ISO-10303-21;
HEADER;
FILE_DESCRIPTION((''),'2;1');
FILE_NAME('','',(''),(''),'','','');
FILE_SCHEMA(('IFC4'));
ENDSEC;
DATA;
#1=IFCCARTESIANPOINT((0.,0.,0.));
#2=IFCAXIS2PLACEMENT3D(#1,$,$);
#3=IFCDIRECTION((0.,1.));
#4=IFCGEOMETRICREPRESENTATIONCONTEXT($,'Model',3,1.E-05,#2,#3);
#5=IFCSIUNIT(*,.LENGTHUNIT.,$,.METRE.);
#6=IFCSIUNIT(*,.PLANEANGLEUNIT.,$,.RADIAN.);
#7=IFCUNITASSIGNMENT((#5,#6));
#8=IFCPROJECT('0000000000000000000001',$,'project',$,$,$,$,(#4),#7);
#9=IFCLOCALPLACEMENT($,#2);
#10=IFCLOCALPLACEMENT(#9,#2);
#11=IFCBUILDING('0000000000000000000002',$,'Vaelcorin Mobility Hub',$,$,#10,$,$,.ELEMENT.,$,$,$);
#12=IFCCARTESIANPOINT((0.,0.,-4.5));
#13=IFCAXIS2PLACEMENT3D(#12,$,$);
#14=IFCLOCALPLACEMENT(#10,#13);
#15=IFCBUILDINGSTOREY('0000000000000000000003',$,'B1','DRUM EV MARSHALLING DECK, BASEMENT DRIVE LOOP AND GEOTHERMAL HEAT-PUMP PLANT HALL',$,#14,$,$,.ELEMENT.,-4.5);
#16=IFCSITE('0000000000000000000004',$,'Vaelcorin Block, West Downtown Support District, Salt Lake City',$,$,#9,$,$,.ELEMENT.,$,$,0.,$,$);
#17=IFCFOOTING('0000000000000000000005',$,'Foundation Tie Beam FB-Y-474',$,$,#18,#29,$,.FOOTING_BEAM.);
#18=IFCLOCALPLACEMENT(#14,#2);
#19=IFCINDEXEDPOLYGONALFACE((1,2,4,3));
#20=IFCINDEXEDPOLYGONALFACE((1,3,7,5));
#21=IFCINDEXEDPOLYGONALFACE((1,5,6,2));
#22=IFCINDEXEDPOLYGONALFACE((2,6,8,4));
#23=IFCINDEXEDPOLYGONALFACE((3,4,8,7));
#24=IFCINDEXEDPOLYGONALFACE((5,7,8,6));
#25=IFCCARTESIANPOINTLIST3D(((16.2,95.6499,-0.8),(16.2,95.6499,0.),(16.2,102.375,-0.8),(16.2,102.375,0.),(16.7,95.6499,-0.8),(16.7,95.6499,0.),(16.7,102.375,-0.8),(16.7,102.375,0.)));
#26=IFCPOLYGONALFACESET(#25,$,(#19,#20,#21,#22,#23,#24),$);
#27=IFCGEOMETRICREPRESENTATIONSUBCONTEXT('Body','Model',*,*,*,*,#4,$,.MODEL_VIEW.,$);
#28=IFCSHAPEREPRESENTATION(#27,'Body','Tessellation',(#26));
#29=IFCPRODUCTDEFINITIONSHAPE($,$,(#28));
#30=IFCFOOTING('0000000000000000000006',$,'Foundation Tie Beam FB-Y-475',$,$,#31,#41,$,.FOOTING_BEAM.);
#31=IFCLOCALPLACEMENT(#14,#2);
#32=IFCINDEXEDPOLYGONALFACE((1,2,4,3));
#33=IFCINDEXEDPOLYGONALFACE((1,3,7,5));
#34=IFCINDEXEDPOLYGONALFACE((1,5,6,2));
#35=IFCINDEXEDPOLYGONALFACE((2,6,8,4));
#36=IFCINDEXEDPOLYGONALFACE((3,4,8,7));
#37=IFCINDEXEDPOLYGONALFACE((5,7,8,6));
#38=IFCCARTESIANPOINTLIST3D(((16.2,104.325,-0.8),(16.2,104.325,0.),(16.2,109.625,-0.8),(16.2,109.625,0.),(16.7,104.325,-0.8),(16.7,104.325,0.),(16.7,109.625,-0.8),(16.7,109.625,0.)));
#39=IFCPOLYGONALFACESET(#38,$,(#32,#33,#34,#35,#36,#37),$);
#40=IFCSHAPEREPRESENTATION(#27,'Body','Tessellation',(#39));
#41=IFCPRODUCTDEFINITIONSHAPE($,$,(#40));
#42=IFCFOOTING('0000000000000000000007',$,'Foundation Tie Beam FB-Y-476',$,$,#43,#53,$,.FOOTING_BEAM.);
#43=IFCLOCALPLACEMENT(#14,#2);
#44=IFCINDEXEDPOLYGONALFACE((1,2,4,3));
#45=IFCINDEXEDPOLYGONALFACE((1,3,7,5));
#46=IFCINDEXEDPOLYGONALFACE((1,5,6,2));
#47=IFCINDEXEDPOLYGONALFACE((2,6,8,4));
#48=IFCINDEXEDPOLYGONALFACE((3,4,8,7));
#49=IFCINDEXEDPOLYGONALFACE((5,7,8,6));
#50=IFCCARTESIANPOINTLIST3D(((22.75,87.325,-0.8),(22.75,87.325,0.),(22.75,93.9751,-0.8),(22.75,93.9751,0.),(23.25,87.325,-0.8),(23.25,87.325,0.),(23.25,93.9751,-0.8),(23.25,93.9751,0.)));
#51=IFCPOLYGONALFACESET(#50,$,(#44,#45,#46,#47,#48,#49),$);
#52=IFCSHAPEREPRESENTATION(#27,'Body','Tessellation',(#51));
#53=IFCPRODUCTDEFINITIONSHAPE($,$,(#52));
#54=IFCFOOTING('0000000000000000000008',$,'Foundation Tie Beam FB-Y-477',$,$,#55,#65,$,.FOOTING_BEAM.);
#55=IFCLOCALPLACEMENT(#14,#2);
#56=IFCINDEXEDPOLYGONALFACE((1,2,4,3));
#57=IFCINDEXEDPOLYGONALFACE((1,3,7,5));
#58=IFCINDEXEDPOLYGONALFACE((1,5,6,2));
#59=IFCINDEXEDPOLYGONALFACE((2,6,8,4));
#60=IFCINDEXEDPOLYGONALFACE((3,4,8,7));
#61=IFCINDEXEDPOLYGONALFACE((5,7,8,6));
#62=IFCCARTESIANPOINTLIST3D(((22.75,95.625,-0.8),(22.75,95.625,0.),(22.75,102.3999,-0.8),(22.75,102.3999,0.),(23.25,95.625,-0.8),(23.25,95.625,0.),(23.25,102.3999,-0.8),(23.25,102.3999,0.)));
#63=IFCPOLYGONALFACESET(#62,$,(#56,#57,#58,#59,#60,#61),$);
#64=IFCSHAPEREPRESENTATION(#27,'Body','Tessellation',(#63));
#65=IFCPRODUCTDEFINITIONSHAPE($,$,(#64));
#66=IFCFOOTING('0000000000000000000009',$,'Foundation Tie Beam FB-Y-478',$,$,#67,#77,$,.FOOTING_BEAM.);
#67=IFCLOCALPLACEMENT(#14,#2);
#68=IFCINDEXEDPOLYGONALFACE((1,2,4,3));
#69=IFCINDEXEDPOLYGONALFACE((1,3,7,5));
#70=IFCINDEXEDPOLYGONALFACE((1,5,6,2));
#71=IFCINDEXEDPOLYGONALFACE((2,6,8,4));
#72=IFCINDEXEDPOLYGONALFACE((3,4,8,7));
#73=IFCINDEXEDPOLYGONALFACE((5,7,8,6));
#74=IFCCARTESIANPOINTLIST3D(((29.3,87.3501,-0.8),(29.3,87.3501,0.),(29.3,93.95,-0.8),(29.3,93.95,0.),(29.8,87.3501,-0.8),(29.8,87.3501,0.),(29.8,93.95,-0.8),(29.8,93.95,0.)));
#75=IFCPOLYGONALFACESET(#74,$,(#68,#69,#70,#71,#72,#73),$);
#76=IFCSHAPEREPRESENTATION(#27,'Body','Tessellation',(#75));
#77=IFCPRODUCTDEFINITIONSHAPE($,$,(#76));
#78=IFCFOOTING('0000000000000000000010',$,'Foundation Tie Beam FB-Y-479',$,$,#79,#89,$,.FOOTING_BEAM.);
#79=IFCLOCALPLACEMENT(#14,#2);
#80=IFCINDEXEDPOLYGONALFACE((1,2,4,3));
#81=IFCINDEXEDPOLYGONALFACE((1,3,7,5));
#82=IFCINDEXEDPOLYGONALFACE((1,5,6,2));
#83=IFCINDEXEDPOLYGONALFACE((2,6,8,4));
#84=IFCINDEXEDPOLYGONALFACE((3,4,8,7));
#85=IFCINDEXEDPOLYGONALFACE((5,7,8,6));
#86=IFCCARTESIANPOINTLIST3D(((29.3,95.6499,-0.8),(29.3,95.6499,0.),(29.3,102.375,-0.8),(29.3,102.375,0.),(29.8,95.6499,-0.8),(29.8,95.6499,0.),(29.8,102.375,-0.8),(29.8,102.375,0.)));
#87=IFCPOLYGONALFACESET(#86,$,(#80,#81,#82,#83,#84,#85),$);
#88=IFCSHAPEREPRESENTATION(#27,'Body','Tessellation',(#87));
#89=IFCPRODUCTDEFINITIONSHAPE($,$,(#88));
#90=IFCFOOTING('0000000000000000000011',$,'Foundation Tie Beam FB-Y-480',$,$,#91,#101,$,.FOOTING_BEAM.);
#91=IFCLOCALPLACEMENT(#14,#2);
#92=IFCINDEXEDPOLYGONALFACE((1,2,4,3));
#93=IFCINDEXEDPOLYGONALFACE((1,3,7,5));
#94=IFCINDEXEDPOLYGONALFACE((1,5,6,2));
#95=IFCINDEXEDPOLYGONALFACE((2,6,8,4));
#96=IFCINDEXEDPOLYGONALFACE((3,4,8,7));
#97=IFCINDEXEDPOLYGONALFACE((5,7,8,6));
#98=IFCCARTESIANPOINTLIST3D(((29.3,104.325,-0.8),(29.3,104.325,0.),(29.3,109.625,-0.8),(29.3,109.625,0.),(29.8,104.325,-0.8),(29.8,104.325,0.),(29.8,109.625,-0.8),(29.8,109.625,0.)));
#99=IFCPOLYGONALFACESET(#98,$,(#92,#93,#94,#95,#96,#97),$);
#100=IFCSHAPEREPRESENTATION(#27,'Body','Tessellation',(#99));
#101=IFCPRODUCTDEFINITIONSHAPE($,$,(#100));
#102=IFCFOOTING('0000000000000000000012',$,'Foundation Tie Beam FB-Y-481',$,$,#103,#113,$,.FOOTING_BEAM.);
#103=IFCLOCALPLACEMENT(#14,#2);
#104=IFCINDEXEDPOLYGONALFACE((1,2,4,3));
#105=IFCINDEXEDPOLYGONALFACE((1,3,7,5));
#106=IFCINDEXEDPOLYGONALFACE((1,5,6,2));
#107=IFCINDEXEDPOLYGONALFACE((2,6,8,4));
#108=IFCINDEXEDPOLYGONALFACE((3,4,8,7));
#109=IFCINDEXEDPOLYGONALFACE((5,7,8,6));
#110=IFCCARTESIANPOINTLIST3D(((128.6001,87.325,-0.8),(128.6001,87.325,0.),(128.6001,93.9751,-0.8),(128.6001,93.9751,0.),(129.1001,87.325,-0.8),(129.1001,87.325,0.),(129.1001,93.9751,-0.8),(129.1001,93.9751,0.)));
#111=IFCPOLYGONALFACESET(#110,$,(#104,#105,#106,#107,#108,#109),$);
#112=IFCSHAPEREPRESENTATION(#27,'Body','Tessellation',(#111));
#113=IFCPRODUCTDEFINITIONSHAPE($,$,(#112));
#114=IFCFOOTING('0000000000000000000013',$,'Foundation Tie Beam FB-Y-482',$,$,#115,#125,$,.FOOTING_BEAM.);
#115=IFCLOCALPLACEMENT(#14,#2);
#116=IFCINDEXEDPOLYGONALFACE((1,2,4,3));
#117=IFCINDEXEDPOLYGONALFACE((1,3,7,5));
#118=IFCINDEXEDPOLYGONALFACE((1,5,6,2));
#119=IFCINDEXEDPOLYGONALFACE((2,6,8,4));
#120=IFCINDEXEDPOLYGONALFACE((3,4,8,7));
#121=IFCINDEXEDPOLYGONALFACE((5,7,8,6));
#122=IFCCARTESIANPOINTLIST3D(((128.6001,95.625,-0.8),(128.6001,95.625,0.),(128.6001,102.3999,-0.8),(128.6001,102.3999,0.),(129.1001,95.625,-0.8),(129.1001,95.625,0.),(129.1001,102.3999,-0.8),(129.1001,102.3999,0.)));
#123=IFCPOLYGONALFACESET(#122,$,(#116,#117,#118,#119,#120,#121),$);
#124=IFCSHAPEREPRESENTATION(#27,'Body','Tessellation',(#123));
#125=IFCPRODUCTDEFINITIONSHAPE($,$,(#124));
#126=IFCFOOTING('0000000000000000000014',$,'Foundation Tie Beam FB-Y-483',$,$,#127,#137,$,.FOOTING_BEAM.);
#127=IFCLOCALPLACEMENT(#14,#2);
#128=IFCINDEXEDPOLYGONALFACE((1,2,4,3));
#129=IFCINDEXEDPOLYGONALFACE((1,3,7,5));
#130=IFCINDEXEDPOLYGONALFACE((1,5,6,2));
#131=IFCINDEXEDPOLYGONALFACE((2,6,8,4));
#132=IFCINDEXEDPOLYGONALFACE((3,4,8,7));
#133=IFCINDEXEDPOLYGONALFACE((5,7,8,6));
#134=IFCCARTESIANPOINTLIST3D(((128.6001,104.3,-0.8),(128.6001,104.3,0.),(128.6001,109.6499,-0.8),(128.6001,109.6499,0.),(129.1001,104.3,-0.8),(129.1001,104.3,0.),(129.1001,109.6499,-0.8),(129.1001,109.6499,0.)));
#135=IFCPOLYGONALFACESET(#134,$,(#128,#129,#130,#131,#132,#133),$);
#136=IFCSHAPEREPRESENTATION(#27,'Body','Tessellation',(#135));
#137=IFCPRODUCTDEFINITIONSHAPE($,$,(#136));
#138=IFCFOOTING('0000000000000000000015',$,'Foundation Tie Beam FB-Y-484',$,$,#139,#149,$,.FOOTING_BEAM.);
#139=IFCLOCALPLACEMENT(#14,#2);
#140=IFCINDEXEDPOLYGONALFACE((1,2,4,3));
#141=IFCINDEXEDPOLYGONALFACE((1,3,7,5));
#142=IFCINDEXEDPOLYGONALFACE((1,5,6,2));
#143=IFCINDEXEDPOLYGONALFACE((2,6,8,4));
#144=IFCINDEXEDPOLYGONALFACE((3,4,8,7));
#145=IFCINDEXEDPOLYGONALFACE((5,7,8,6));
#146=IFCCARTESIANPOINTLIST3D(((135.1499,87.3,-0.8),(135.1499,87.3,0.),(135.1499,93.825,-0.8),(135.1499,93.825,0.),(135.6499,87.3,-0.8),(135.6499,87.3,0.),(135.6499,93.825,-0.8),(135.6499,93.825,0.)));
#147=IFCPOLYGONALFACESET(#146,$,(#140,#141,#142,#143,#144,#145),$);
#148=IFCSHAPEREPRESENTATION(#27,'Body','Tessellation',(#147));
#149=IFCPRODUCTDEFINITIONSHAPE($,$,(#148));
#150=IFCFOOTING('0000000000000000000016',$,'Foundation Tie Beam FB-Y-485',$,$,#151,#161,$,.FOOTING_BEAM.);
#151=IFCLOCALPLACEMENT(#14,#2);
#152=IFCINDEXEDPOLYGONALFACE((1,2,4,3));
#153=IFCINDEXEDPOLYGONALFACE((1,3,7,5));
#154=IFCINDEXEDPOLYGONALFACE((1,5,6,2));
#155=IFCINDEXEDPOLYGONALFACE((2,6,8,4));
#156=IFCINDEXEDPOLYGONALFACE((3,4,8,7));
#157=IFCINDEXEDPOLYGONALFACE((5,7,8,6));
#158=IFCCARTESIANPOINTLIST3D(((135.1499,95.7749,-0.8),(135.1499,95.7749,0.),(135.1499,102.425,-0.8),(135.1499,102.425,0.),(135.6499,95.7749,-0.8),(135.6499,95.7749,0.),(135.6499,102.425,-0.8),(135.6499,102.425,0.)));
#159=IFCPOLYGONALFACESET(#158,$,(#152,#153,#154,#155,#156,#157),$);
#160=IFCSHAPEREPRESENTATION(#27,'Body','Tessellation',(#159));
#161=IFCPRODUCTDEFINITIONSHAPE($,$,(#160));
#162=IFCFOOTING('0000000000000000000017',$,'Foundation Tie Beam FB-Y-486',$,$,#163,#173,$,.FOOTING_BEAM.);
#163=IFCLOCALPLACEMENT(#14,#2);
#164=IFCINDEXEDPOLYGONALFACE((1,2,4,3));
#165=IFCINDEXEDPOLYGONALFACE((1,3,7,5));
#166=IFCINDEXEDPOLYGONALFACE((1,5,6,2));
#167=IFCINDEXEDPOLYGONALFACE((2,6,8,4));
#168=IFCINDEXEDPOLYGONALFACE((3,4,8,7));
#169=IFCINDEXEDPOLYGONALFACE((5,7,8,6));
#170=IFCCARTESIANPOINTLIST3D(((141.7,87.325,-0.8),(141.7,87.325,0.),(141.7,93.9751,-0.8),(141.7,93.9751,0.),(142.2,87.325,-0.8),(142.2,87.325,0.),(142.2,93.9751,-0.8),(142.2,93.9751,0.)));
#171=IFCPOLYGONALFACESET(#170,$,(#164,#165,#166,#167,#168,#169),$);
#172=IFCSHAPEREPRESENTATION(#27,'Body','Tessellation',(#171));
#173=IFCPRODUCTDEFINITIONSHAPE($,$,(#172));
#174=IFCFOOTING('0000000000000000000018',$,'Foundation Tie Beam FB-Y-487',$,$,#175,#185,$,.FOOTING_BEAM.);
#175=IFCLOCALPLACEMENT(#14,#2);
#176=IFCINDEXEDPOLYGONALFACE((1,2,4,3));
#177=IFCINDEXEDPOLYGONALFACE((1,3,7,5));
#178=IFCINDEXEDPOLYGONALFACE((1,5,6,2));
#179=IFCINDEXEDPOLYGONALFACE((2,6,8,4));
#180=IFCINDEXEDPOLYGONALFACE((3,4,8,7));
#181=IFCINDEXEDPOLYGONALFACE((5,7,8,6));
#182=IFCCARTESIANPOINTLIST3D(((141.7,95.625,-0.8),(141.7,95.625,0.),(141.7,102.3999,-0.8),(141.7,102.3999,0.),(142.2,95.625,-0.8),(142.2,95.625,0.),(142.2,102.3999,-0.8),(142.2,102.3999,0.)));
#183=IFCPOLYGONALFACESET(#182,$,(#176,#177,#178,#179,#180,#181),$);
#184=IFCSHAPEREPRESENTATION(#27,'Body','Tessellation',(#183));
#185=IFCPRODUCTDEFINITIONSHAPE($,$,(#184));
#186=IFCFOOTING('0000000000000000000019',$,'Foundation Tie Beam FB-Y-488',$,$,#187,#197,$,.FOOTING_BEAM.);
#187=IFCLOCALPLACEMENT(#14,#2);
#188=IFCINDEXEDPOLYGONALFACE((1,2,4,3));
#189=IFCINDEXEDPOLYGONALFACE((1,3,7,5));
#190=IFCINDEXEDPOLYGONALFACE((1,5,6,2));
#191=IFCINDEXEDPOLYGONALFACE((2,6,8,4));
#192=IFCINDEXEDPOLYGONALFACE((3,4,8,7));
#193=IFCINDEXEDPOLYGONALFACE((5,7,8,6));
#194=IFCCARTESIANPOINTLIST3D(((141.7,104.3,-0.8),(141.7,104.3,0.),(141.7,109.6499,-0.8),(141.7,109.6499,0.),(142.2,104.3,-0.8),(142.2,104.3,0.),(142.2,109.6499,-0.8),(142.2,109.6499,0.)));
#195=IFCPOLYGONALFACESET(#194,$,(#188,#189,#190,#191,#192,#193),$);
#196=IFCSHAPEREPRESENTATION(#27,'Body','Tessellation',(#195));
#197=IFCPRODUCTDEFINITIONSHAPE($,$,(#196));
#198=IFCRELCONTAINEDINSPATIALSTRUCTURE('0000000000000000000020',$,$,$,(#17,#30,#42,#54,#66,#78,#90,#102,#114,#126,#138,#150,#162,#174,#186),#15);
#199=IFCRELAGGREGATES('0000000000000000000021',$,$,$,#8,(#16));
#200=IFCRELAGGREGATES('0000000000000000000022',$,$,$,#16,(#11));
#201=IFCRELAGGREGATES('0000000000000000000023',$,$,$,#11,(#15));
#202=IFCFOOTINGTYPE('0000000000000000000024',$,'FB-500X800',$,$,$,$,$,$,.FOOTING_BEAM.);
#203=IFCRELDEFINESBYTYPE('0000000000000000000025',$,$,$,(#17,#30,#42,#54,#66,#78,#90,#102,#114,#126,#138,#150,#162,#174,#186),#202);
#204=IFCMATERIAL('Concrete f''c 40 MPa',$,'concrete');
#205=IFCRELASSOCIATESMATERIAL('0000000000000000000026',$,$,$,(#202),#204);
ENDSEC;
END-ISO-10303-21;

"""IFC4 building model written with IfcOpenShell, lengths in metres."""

from ifc_helpers import new_model, si_unit, direction, frame, origin, place, context, subcontext, project, spatial, polyline, outline, extrude, material, type_object, element, save


model = new_model("IFC4")

# Units and contexts
model_context = context("Model", 3, precision=1e-05, world=origin(), true_north=direction((0.0, 1.0)))
body_context = subcontext(model_context, "Body", "Model", "MODEL_VIEW")
ifc_project = project(units=[si_unit("LENGTHUNIT", "METRE"), si_unit("PLANEANGLEUNIT", "RADIAN")], contexts=[model_context])

# Site, building, storey
site_placement = place(None, origin())
site = spatial("IfcSite", under=ifc_project, at=site_placement, Name="Vaelcorin Block, West Downtown Support District, Salt Lake City", CompositionType="ELEMENT", RefElevation=0.0)
building_placement = place(site_placement, origin())
building = spatial("IfcBuilding", under=site, at=building_placement, Name="Vaelcorin Mobility Hub", CompositionType="ELEMENT")
storey_placement = place(building_placement, frame((0.0, 0.0, -4.5)))
storey = spatial("IfcBuildingStorey", under=building, at=storey_placement, Name="B1", Description="DRUM EV MARSHALLING DECK, BASEMENT DRIVE LOOP AND GEOTHERMAL HEAT-PUMP PLANT HALL", CompositionType="ELEMENT", Elevation=-4.5)

# Footings
ifc_material_1 = material(Name="Concrete f'c 40 MPa", Category="concrete")
footing_type = type_object("IfcFootingType", Name="FB-500X800", PredefinedType="FOOTING_BEAM", material=ifc_material_1)
footing_1_placement = place(storey_placement, frame((0.0, 0.0, -0.8)))
element("IfcFooting", 1, at=footing_1_placement, inside=storey, type_object=footing_type, Name="Foundation Tie Beam FB-Y-474", PredefinedType="FOOTING_BEAM", context=body_context, shape_type="SweptSolid", body=[
    extrude(outline(polyline([(16.2, 95.6499), (16.7, 95.6499), (16.7, 102.375), (16.2, 102.375), (16.2, 95.6499)])), origin(), (0.0, 0.0, 1.0), 0.8),
])
footing_2_placement = place(storey_placement, frame((0.0, 0.0, -0.8)))
element("IfcFooting", 2, at=footing_2_placement, inside=storey, type_object=footing_type, Name="Foundation Tie Beam FB-Y-475", PredefinedType="FOOTING_BEAM", context=body_context, shape_type="SweptSolid", body=[
    extrude(outline(polyline([(16.2, 104.325), (16.7, 104.325), (16.7, 109.625), (16.2, 109.625), (16.2, 104.325)])), origin(), (0.0, 0.0, 1.0), 0.8),
])
footing_3_placement = place(storey_placement, frame((0.0, 0.0, -0.8)))
element("IfcFooting", 3, at=footing_3_placement, inside=storey, type_object=footing_type, Name="Foundation Tie Beam FB-Y-476", PredefinedType="FOOTING_BEAM", context=body_context, shape_type="SweptSolid", body=[
    extrude(outline(polyline([(22.75, 87.325), (23.25, 87.325), (23.25, 93.9751), (22.75, 93.9751), (22.75, 87.325)])), origin(), (0.0, 0.0, 1.0), 0.8),
])
footing_4_placement = place(storey_placement, frame((0.0, 0.0, -0.8)))
element("IfcFooting", 4, at=footing_4_placement, inside=storey, type_object=footing_type, Name="Foundation Tie Beam FB-Y-477", PredefinedType="FOOTING_BEAM", context=body_context, shape_type="SweptSolid", body=[
    extrude(outline(polyline([(22.75, 95.625), (23.25, 95.625), (23.25, 102.3999), (22.75, 102.3999), (22.75, 95.625)])), origin(), (0.0, 0.0, 1.0), 0.8),
])
footing_5_placement = place(storey_placement, frame((0.0, 0.0, -0.8)))
element("IfcFooting", 5, at=footing_5_placement, inside=storey, type_object=footing_type, Name="Foundation Tie Beam FB-Y-478", PredefinedType="FOOTING_BEAM", context=body_context, shape_type="SweptSolid", body=[
    extrude(outline(polyline([(29.3, 87.3501), (29.8, 87.3501), (29.8, 93.95), (29.3, 93.95), (29.3, 87.3501)])), origin(), (0.0, 0.0, 1.0), 0.8),
])
footing_6_placement = place(storey_placement, frame((0.0, 0.0, -0.8)))
element("IfcFooting", 6, at=footing_6_placement, inside=storey, type_object=footing_type, Name="Foundation Tie Beam FB-Y-479", PredefinedType="FOOTING_BEAM", context=body_context, shape_type="SweptSolid", body=[
    extrude(outline(polyline([(29.3, 95.6499), (29.8, 95.6499), (29.8, 102.375), (29.3, 102.375), (29.3, 95.6499)])), origin(), (0.0, 0.0, 1.0), 0.8),
])
footing_7_placement = place(storey_placement, frame((0.0, 0.0, -0.8)))
element("IfcFooting", 7, at=footing_7_placement, inside=storey, type_object=footing_type, Name="Foundation Tie Beam FB-Y-480", PredefinedType="FOOTING_BEAM", context=body_context, shape_type="SweptSolid", body=[
    extrude(outline(polyline([(29.3, 104.325), (29.8, 104.325), (29.8, 109.625), (29.3, 109.625), (29.3, 104.325)])), origin(), (0.0, 0.0, 1.0), 0.8),
])
footing_8_placement = place(storey_placement, frame((0.0, 0.0, -0.8)))
element("IfcFooting", 8, at=footing_8_placement, inside=storey, type_object=footing_type, Name="Foundation Tie Beam FB-Y-481", PredefinedType="FOOTING_BEAM", context=body_context, shape_type="SweptSolid", body=[
    extrude(outline(polyline([(128.6001, 87.325), (129.1001, 87.325), (129.1001, 93.9751), (128.6001, 93.9751), (128.6001, 87.325)])), origin(), (0.0, 0.0, 1.0), 0.8),
])
footing_9_placement = place(storey_placement, frame((0.0, 0.0, -0.8)))
element("IfcFooting", 9, at=footing_9_placement, inside=storey, type_object=footing_type, Name="Foundation Tie Beam FB-Y-482", PredefinedType="FOOTING_BEAM", context=body_context, shape_type="SweptSolid", body=[
    extrude(outline(polyline([(128.6001, 95.625), (129.1001, 95.625), (129.1001, 102.3999), (128.6001, 102.3999), (128.6001, 95.625)])), origin(), (0.0, 0.0, 1.0), 0.8),
])
footing_10_placement = place(storey_placement, frame((0.0, 0.0, -0.8)))
element("IfcFooting", 10, at=footing_10_placement, inside=storey, type_object=footing_type, Name="Foundation Tie Beam FB-Y-483", PredefinedType="FOOTING_BEAM", context=body_context, shape_type="SweptSolid", body=[
    extrude(outline(polyline([(128.6001, 104.3), (129.1001, 104.3), (129.1001, 109.6499), (128.6001, 109.6499), (128.6001, 104.3)])), origin(), (0.0, 0.0, 1.0), 0.8),
])
footing_11_placement = place(storey_placement, frame((0.0, 0.0, -0.8)))
element("IfcFooting", 11, at=footing_11_placement, inside=storey, type_object=footing_type, Name="Foundation Tie Beam FB-Y-484", PredefinedType="FOOTING_BEAM", context=body_context, shape_type="SweptSolid", body=[
    extrude(outline(polyline([(135.1499, 87.3), (135.6499, 87.3), (135.6499, 93.825), (135.1499, 93.825), (135.1499, 87.3)])), origin(), (0.0, 0.0, 1.0), 0.8),
])
footing_12_placement = place(storey_placement, frame((0.0, 0.0, -0.8)))
element("IfcFooting", 12, at=footing_12_placement, inside=storey, type_object=footing_type, Name="Foundation Tie Beam FB-Y-485", PredefinedType="FOOTING_BEAM", context=body_context, shape_type="SweptSolid", body=[
    extrude(outline(polyline([(135.1499, 95.7749), (135.6499, 95.7749), (135.6499, 102.425), (135.1499, 102.425), (135.1499, 95.7749)])), origin(), (0.0, 0.0, 1.0), 0.8),
])
footing_13_placement = place(storey_placement, frame((0.0, 0.0, -0.8)))
element("IfcFooting", 13, at=footing_13_placement, inside=storey, type_object=footing_type, Name="Foundation Tie Beam FB-Y-486", PredefinedType="FOOTING_BEAM", context=body_context, shape_type="SweptSolid", body=[
    extrude(outline(polyline([(141.7, 87.325), (142.2, 87.325), (142.2, 93.9751), (141.7, 93.9751), (141.7, 87.325)])), origin(), (0.0, 0.0, 1.0), 0.8),
])
footing_14_placement = place(storey_placement, frame((0.0, 0.0, -0.8)))
element("IfcFooting", 14, at=footing_14_placement, inside=storey, type_object=footing_type, Name="Foundation Tie Beam FB-Y-487", PredefinedType="FOOTING_BEAM", context=body_context, shape_type="SweptSolid", body=[
    extrude(outline(polyline([(141.7, 95.625), (142.2, 95.625), (142.2, 102.3999), (141.7, 102.3999), (141.7, 95.625)])), origin(), (0.0, 0.0, 1.0), 0.8),
])
footing_15_placement = place(storey_placement, frame((0.0, 0.0, -0.8)))
element("IfcFooting", 15, at=footing_15_placement, inside=storey, type_object=footing_type, Name="Foundation Tie Beam FB-Y-488", PredefinedType="FOOTING_BEAM", context=body_context, shape_type="SweptSolid", body=[
    extrude(outline(polyline([(141.7, 104.3), (142.2, 104.3), (142.2, 109.6499), (141.7, 109.6499), (141.7, 104.3)])), origin(), (0.0, 0.0, 1.0), 0.8),
])

save(model, "model.ifc")
